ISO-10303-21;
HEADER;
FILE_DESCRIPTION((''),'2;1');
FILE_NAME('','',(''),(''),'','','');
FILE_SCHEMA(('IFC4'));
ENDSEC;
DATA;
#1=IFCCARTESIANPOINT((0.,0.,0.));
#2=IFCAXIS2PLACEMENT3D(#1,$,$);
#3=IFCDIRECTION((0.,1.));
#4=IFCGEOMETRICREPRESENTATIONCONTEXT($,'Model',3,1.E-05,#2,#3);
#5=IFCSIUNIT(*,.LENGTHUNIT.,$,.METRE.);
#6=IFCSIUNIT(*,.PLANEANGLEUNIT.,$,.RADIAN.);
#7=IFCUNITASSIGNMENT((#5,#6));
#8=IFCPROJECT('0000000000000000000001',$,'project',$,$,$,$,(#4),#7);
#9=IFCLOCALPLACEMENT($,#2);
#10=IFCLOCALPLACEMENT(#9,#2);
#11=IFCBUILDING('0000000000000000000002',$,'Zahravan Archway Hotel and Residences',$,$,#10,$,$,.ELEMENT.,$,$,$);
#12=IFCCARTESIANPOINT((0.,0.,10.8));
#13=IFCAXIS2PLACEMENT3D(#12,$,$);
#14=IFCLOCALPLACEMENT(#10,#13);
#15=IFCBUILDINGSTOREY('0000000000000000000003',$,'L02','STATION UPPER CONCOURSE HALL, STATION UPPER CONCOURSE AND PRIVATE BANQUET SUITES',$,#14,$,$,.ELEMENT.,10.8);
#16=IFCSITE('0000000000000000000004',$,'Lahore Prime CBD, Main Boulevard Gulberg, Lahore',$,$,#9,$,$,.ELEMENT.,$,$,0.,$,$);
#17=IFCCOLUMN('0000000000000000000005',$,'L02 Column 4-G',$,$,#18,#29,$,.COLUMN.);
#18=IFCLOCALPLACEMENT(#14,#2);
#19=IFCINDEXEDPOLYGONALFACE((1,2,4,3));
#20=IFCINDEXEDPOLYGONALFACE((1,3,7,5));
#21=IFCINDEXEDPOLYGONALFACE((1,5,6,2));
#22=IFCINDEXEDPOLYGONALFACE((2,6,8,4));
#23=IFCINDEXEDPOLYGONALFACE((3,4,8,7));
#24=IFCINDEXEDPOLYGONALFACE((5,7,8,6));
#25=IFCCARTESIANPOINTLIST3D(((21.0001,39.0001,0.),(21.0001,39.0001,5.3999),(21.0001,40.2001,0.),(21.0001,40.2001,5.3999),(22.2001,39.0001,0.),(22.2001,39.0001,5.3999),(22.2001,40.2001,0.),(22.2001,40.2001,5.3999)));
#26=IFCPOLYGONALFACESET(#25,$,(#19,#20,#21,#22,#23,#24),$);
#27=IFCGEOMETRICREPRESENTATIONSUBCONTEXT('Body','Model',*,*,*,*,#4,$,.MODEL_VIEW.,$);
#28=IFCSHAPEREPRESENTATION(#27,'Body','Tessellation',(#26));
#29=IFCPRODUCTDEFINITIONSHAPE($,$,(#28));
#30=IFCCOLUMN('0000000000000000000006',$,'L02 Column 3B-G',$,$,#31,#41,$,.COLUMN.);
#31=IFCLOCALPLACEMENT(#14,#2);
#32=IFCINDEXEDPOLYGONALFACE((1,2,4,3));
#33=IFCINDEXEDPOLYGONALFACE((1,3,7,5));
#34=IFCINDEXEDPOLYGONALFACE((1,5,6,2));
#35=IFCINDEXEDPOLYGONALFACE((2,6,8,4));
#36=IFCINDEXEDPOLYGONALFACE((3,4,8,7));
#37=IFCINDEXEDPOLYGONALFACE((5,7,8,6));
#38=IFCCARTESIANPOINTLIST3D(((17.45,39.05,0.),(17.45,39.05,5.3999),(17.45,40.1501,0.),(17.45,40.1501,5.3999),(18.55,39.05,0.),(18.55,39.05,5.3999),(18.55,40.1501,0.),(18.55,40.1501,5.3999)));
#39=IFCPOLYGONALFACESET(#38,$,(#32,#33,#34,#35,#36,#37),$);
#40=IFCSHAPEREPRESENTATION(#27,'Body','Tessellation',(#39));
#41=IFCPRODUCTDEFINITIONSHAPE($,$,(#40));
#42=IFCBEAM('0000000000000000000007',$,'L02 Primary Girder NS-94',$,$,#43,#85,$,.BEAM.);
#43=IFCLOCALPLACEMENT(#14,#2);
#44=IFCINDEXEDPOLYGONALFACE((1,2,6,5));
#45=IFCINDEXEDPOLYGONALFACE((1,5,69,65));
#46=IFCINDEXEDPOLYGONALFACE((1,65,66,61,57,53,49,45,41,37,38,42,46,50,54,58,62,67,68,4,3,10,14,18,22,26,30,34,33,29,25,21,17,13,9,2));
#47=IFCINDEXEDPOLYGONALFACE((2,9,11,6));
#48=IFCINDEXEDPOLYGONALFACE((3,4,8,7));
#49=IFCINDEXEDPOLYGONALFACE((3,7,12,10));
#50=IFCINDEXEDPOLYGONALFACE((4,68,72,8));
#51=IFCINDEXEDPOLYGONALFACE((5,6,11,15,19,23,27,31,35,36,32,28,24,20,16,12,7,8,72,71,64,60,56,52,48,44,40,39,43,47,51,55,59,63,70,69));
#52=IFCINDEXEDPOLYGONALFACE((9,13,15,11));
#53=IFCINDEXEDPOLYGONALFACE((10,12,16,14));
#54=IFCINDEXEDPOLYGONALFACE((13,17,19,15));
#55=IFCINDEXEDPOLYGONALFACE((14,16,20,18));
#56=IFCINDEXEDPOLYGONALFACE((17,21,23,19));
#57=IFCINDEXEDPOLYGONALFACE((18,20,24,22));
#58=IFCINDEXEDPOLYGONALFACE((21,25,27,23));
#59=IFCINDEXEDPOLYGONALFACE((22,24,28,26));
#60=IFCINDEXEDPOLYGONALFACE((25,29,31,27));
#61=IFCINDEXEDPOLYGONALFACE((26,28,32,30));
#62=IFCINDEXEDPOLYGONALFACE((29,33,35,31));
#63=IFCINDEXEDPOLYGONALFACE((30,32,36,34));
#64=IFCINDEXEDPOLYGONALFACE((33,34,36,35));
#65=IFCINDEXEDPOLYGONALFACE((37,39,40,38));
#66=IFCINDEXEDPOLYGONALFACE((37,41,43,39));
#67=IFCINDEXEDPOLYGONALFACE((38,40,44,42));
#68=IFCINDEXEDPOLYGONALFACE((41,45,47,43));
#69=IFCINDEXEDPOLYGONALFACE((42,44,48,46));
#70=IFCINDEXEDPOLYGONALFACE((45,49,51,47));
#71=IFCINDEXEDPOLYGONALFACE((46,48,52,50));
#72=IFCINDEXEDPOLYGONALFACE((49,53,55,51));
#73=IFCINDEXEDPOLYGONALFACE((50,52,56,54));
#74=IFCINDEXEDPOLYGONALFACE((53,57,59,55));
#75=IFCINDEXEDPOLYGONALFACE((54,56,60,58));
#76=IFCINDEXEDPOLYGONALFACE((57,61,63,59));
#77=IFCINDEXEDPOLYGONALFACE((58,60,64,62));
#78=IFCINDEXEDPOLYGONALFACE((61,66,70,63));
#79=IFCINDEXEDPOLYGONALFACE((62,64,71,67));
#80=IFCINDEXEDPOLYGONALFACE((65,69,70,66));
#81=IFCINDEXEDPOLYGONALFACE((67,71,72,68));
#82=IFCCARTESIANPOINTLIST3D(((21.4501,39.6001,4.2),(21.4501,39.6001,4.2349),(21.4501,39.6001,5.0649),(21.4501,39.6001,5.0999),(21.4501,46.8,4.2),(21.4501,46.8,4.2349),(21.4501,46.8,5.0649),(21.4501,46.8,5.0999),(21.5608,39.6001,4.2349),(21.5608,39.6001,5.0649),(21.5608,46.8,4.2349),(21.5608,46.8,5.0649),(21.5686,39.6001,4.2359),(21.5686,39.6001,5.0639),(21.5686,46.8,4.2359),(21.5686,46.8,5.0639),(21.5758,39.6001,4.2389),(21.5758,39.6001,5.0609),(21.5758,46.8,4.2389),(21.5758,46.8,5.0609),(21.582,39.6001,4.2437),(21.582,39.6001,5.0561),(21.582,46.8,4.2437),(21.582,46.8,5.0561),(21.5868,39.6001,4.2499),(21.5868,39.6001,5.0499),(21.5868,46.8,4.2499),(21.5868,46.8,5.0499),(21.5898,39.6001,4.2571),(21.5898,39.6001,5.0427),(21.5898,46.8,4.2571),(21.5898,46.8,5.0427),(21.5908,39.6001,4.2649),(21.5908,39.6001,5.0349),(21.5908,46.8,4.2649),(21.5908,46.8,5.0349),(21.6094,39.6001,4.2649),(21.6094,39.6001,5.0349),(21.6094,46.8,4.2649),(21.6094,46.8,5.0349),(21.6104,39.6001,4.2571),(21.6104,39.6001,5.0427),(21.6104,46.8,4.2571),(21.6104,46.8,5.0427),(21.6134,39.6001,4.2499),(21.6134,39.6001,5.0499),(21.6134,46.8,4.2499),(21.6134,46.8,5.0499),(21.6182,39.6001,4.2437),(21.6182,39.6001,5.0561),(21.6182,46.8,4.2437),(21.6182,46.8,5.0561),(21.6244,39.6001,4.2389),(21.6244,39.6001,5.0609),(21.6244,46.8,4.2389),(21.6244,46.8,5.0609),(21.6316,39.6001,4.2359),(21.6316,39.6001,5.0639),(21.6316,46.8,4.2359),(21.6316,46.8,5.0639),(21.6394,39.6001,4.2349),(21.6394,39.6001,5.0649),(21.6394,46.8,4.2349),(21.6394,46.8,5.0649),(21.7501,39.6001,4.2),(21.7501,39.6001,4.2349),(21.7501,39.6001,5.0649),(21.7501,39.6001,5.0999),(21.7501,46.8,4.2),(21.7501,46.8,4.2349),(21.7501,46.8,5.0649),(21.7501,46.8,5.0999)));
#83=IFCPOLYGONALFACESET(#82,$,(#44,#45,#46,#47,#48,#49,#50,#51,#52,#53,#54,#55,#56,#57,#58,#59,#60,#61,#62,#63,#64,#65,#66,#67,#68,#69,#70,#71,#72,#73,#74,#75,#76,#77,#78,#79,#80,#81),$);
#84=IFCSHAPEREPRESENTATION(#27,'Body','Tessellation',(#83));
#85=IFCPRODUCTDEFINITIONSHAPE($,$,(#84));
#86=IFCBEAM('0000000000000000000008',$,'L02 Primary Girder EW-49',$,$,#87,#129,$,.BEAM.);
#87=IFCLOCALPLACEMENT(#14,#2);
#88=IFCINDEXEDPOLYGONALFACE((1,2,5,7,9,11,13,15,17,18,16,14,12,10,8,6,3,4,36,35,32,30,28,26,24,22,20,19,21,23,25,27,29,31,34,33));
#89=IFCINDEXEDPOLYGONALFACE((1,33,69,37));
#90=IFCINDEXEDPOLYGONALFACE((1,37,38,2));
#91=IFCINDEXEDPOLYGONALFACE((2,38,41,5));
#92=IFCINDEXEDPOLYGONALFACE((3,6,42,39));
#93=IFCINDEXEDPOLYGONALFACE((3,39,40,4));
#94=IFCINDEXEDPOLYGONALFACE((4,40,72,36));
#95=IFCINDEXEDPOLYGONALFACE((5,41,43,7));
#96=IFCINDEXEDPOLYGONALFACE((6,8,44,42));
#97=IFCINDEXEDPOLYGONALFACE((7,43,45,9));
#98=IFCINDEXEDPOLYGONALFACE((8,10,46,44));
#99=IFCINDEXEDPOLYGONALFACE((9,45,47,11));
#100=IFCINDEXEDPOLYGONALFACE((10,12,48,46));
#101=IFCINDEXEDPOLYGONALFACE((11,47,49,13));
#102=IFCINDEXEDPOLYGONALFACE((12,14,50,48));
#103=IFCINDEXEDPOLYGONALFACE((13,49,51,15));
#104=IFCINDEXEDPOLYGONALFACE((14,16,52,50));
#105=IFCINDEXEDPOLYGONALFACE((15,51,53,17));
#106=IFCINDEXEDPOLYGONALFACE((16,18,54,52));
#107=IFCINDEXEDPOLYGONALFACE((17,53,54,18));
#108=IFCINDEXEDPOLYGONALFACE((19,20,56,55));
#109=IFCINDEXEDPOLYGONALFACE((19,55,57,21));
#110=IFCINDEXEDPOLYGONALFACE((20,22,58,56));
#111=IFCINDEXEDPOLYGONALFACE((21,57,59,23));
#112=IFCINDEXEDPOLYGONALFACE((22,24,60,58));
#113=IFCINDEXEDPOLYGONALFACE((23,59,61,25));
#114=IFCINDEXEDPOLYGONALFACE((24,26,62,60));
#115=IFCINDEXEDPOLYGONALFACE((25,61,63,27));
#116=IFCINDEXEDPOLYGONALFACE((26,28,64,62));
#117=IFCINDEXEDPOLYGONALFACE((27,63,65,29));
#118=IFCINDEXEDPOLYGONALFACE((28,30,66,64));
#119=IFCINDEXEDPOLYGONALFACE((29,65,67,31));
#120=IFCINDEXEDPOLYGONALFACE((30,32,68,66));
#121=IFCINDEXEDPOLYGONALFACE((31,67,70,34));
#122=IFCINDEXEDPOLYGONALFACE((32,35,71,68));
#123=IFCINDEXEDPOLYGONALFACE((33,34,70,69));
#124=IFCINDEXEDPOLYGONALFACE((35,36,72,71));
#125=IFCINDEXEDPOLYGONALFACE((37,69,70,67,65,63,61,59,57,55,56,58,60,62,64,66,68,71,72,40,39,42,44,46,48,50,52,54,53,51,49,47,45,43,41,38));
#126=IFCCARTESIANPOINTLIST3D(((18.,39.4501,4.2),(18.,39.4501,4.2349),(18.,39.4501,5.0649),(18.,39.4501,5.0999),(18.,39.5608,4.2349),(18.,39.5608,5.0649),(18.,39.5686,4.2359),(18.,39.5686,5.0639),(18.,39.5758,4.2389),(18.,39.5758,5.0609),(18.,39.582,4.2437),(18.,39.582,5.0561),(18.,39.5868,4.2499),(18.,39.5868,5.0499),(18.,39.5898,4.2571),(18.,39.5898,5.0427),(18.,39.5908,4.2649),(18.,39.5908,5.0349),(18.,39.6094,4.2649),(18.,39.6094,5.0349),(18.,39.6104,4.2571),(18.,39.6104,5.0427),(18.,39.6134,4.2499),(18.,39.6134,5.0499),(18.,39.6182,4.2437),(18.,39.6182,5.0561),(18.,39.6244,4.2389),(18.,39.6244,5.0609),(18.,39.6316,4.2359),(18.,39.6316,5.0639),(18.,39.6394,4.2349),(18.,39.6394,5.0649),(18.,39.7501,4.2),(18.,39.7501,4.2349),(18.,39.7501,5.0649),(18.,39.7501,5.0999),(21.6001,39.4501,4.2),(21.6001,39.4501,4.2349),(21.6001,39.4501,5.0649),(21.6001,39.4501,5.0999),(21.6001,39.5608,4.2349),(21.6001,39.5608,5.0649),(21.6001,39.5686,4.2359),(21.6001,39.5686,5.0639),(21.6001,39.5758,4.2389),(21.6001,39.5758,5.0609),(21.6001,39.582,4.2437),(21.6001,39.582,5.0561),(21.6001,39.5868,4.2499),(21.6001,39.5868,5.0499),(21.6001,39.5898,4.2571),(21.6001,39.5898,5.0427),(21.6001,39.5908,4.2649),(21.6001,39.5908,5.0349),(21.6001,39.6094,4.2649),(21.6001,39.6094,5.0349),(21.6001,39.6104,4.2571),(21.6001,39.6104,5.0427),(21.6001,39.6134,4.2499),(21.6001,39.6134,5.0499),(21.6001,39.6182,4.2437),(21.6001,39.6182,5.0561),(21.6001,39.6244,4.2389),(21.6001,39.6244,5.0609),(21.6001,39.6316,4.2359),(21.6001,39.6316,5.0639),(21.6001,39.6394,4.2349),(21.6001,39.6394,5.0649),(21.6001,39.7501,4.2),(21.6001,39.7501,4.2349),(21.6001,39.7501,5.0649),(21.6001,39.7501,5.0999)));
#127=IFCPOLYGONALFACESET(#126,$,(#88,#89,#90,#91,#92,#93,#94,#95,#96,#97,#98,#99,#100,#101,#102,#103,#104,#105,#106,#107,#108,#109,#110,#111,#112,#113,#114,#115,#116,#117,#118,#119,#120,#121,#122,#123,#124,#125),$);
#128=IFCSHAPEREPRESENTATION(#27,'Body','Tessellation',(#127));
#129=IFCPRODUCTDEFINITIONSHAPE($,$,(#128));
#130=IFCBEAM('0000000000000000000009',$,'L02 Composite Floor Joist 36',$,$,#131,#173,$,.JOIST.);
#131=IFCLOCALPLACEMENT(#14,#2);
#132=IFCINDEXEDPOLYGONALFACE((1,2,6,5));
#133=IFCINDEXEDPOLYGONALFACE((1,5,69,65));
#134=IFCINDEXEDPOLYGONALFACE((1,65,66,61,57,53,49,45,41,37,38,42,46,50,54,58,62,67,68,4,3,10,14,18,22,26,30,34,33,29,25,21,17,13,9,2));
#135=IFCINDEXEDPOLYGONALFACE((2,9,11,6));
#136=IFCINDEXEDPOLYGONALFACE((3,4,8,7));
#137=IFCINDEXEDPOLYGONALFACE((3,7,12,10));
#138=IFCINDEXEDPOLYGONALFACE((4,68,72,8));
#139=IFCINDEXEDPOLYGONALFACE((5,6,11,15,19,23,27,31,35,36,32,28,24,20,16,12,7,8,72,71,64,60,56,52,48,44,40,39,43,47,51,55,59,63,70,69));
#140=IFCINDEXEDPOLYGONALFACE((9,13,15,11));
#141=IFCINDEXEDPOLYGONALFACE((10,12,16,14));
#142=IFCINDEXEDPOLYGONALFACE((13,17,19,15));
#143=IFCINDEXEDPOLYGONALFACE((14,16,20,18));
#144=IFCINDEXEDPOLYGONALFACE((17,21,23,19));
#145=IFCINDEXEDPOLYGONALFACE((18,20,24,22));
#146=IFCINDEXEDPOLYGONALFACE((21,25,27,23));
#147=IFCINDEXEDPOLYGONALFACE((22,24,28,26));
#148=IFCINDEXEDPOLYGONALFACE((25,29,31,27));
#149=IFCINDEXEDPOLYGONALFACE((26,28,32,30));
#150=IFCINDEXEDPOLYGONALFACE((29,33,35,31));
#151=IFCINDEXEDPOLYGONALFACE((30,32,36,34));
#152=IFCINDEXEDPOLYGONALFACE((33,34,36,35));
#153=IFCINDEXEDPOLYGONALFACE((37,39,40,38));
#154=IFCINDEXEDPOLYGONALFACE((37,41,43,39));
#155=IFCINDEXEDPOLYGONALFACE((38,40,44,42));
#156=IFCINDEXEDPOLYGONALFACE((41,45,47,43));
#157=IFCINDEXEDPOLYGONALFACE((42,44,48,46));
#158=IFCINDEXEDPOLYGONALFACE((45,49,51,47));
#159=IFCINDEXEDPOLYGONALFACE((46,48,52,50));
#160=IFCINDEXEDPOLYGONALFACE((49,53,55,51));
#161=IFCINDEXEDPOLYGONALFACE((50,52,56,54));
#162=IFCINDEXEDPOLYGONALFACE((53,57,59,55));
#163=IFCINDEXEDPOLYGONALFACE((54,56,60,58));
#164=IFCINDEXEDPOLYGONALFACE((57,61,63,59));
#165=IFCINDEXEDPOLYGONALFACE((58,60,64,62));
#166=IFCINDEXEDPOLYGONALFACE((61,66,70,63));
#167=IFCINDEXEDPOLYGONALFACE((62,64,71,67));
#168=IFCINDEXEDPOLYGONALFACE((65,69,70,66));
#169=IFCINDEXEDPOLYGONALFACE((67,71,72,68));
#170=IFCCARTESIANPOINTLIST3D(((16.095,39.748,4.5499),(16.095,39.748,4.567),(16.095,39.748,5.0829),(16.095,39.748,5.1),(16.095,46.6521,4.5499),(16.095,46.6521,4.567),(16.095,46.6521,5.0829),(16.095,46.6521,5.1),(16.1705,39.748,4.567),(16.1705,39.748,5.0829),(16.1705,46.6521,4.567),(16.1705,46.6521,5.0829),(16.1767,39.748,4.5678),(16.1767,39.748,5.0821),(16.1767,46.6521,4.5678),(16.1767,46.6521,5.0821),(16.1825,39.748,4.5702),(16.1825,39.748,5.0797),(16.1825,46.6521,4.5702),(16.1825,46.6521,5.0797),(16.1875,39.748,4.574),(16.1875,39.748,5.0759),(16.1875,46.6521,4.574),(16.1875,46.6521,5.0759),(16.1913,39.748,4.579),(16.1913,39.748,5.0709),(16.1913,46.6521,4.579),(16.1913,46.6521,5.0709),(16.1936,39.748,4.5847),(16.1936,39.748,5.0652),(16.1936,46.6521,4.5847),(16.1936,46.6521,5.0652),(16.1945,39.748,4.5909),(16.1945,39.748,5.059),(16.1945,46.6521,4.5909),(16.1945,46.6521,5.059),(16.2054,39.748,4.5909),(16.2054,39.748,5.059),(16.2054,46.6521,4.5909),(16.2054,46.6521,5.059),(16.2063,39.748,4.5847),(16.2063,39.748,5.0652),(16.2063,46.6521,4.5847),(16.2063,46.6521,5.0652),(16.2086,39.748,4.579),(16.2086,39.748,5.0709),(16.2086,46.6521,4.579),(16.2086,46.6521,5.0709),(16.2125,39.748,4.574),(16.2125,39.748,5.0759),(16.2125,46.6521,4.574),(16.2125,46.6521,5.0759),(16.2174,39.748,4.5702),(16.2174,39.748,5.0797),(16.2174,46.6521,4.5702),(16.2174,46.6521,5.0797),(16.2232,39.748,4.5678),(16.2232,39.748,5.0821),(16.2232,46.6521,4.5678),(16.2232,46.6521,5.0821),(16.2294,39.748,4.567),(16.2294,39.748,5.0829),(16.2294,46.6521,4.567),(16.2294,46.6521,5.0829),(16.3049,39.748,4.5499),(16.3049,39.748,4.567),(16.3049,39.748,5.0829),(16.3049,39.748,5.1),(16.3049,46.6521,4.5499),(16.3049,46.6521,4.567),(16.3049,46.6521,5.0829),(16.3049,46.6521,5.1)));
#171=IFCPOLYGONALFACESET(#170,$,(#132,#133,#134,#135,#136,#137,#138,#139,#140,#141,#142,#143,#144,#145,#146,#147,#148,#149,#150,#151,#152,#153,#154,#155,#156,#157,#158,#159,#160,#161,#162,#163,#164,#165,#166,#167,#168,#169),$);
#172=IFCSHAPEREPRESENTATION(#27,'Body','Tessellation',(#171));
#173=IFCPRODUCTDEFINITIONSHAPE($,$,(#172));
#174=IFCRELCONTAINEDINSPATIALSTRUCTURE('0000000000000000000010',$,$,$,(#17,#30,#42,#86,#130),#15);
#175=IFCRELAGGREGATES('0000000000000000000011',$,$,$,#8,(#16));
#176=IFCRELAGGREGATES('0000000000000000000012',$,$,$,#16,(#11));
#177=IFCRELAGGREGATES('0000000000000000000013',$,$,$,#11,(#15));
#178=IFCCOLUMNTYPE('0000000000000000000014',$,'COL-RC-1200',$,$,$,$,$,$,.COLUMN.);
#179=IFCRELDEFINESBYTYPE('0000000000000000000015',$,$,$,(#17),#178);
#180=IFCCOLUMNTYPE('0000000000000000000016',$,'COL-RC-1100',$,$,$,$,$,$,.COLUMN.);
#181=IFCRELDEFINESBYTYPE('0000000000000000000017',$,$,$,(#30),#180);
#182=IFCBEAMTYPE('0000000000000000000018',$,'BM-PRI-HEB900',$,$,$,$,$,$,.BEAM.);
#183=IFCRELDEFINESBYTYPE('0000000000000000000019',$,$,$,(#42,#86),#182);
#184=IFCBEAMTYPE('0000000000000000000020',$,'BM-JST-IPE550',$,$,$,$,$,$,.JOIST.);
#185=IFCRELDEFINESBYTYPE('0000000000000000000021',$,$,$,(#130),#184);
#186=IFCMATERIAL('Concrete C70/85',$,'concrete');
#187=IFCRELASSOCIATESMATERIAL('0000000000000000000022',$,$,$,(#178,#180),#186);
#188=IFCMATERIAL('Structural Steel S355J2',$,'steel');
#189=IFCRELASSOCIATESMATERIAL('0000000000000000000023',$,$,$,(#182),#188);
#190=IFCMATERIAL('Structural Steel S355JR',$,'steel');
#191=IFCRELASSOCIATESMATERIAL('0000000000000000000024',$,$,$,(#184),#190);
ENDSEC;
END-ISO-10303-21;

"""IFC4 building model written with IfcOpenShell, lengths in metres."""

from ifc_helpers import new_model, si_unit, direction, frame, origin, origin_2d, place, context, subcontext, project, spatial, rectangle, i_section, extrude, source, transform, mapped, material, material_profile, profile_set, type_object, type_shapes, element, save


model = new_model("IFC4")

# Units and contexts
model_context = context("Model", 3, precision=1e-05, world=origin(), true_north=direction((0.0, 1.0)))
body_context = subcontext(model_context, "Body", "Model", "MODEL_VIEW")
ifc_project = project(units=[si_unit("LENGTHUNIT", "METRE"), si_unit("PLANEANGLEUNIT", "RADIAN")], contexts=[model_context])

# Site, building, storey
site_placement = place(None, origin())
site = spatial("IfcSite", under=ifc_project, at=site_placement, Name="Lahore Prime CBD, Main Boulevard Gulberg, Lahore", CompositionType="ELEMENT", RefElevation=0.0)
building_placement = place(site_placement, origin())
building = spatial("IfcBuilding", under=site, at=building_placement, Name="Zahravan Archway Hotel and Residences", CompositionType="ELEMENT")
storey_placement = place(building_placement, frame((0.0, 0.0, 10.8)))
storey = spatial("IfcBuildingStorey", under=building, at=storey_placement, Name="L02", Description="STATION UPPER CONCOURSE HALL, STATION UPPER CONCOURSE AND PRIVATE BANQUET SUITES", CompositionType="ELEMENT", Elevation=10.8)

# Columns
ifc_material_1 = material(Name="Concrete C70/85", Category="concrete")
ifc_material_profile_1 = material_profile(ifc_material_1, rectangle(XDim=1.2, YDim=1.2, at=origin_2d()), Name="RC-COL-1200x1200", Category="concrete")
ifc_profile_set_1 = profile_set([ifc_material_profile_1], Name="Concrete C70/85")
column_type_1 = type_object("IfcColumnType", Name="COL-RC-1200", PredefinedType="COLUMN", material=ifc_profile_set_1)
shared_shape_1 = source(origin(), body_context, "Body", "SweptSolid", [
    extrude(rectangle(XDim=1.2, YDim=1.2, at=origin_2d()), origin(), (0.0, 0.0, 1.0), 5.3999),
])
column_1_placement = place(storey_placement, frame((21.6001, 39.6001, 0.0), z_axis=(0.0, 0.0, 1.0), x_axis=(1.0, 0.0, 0.0)))
element("IfcColumn", 1, at=column_1_placement, inside=storey, type_object=column_type_1, Name="L02 Column 4-G", PredefinedType="COLUMN", context=body_context, shape_type="MappedRepresentation", body=[
    mapped(shared_shape_1, transform((0.0, 0.0, 0.0), scale=1.0)),
])
ifc_material_profile_2 = material_profile(ifc_material_1, rectangle(XDim=1.1001, YDim=1.1001, at=origin_2d()), Name="RC 1100x1100", Category="concrete")
ifc_profile_set_2 = profile_set([ifc_material_profile_2], Name="Concrete C70/85")
column_type_2 = type_object("IfcColumnType", Name="COL-RC-1100", PredefinedType="COLUMN", material=ifc_profile_set_2)
shared_shape_2 = source(origin(), body_context, "Body", "SweptSolid", [
    extrude(rectangle(XDim=1.1001, YDim=1.1001, at=origin_2d()), origin(), (0.0, 0.0, 1.0), 5.3999),
])
column_2_placement = place(storey_placement, frame((18.0, 39.6001, 0.0), z_axis=(0.0, 0.0, 1.0), x_axis=(1.0, 0.0, 0.0)))
element("IfcColumn", 2, at=column_2_placement, inside=storey, type_object=column_type_2, Name="L02 Column 3B-G", PredefinedType="COLUMN", context=body_context, shape_type="MappedRepresentation", body=[
    mapped(shared_shape_2, transform((0.0, 0.0, 0.0), scale=1.0)),
])

# Beams
ifc_material_2 = material(Name="Structural Steel S355J2", Category="steel")
ifc_material_profile_3 = material_profile(ifc_material_2, i_section(OverallWidth=0.3, OverallDepth=0.8999, WebThickness=0.0186, FlangeThickness=0.0349, FilletRadius=0.03, at=origin_2d()), Name="HEB 900", Category="steel")
ifc_profile_set_3 = profile_set([ifc_material_profile_3], Name="Structural Steel S355J2")
beam_type_1 = type_object("IfcBeamType", Name="BM-PRI-HEB900", PredefinedType="BEAM", material=ifc_profile_set_3)
shared_shape_3 = source(origin(), body_context, "Body", "SweptSolid", [
    extrude(i_section(OverallWidth=0.3, OverallDepth=0.8999, WebThickness=0.0186, FlangeThickness=0.0349, FilletRadius=0.03, at=origin_2d()), origin(), (0.0, 0.0, 1.0), 7.2),
])
beam_1_placement = place(storey_placement, frame((21.6001, 39.6001, 4.6499), z_axis=(0.0, 1.0, 0.0), x_axis=(-1.0, 0.0, 0.0)))
element("IfcBeam", 3, at=beam_1_placement, inside=storey, type_object=beam_type_1, Name="L02 Primary Girder NS-94", PredefinedType="BEAM", context=body_context, shape_type="MappedRepresentation", body=[
    mapped(shared_shape_3, transform((0.0, 0.0, 0.0), scale=1.0)),
])
shared_shape_4 = source(origin(), body_context, "Body", "SweptSolid", [
    extrude(i_section(OverallWidth=0.3, OverallDepth=0.8999, WebThickness=0.0186, FlangeThickness=0.0349, FilletRadius=0.03, at=origin_2d()), origin(), (0.0, 0.0, 1.0), 3.6001),
])
beam_2_placement = place(storey_placement, frame((18.0, 39.6001, 4.6499), z_axis=(1.0, 0.0, 0.0), x_axis=(0.0, 1.0, 0.0)))
element("IfcBeam", 4, at=beam_2_placement, inside=storey, type_object=beam_type_1, Name="L02 Primary Girder EW-49", PredefinedType="BEAM", context=body_context, shape_type="MappedRepresentation", body=[
    mapped(shared_shape_4, transform((0.0, 0.0, 0.0), scale=1.0)),
])
ifc_material_3 = material(Name="Structural Steel S355JR", Category="steel")
ifc_material_profile_4 = material_profile(ifc_material_3, i_section(OverallWidth=0.21, OverallDepth=0.55, WebThickness=0.011, FlangeThickness=0.0171, FilletRadius=0.0239, at=origin_2d()), Name="IPE 550", Category="steel")
ifc_profile_set_4 = profile_set([ifc_material_profile_4], Name="Structural Steel S355JR")
beam_type_2 = type_object("IfcBeamType", Name="BM-JST-IPE550", PredefinedType="JOIST", material=ifc_profile_set_4)
shared_shape_5 = source(origin(), body_context, "Body", "SweptSolid", [
    extrude(i_section(OverallWidth=0.21, OverallDepth=0.55, WebThickness=0.011, FlangeThickness=0.0171, FilletRadius=0.0239, at=origin_2d()), origin(), (0.0, 0.0, 1.0), 6.9041),
])
type_shapes(beam_type_2, [shared_shape_5])
for number, where, z_axis, x_axis, name in (
    (5, (16.2, 39.748, 4.825), (0.0, 1.0, 0.0), (-1.0, 0.0, 0.0), "L02 Composite Floor Joist 36"),
):
    element("IfcBeam", number, at=place(storey_placement, frame(where, z_axis=z_axis, x_axis=x_axis)), inside=storey, type_object=beam_type_2, Name=name, PredefinedType="JOIST", context=body_context, shape_type="MappedRepresentation", body=[
        mapped(shared_shape_5, transform((0.0, 0.0, 0.0), scale=1.0)),
    ])

save(model, "model.ifc")
